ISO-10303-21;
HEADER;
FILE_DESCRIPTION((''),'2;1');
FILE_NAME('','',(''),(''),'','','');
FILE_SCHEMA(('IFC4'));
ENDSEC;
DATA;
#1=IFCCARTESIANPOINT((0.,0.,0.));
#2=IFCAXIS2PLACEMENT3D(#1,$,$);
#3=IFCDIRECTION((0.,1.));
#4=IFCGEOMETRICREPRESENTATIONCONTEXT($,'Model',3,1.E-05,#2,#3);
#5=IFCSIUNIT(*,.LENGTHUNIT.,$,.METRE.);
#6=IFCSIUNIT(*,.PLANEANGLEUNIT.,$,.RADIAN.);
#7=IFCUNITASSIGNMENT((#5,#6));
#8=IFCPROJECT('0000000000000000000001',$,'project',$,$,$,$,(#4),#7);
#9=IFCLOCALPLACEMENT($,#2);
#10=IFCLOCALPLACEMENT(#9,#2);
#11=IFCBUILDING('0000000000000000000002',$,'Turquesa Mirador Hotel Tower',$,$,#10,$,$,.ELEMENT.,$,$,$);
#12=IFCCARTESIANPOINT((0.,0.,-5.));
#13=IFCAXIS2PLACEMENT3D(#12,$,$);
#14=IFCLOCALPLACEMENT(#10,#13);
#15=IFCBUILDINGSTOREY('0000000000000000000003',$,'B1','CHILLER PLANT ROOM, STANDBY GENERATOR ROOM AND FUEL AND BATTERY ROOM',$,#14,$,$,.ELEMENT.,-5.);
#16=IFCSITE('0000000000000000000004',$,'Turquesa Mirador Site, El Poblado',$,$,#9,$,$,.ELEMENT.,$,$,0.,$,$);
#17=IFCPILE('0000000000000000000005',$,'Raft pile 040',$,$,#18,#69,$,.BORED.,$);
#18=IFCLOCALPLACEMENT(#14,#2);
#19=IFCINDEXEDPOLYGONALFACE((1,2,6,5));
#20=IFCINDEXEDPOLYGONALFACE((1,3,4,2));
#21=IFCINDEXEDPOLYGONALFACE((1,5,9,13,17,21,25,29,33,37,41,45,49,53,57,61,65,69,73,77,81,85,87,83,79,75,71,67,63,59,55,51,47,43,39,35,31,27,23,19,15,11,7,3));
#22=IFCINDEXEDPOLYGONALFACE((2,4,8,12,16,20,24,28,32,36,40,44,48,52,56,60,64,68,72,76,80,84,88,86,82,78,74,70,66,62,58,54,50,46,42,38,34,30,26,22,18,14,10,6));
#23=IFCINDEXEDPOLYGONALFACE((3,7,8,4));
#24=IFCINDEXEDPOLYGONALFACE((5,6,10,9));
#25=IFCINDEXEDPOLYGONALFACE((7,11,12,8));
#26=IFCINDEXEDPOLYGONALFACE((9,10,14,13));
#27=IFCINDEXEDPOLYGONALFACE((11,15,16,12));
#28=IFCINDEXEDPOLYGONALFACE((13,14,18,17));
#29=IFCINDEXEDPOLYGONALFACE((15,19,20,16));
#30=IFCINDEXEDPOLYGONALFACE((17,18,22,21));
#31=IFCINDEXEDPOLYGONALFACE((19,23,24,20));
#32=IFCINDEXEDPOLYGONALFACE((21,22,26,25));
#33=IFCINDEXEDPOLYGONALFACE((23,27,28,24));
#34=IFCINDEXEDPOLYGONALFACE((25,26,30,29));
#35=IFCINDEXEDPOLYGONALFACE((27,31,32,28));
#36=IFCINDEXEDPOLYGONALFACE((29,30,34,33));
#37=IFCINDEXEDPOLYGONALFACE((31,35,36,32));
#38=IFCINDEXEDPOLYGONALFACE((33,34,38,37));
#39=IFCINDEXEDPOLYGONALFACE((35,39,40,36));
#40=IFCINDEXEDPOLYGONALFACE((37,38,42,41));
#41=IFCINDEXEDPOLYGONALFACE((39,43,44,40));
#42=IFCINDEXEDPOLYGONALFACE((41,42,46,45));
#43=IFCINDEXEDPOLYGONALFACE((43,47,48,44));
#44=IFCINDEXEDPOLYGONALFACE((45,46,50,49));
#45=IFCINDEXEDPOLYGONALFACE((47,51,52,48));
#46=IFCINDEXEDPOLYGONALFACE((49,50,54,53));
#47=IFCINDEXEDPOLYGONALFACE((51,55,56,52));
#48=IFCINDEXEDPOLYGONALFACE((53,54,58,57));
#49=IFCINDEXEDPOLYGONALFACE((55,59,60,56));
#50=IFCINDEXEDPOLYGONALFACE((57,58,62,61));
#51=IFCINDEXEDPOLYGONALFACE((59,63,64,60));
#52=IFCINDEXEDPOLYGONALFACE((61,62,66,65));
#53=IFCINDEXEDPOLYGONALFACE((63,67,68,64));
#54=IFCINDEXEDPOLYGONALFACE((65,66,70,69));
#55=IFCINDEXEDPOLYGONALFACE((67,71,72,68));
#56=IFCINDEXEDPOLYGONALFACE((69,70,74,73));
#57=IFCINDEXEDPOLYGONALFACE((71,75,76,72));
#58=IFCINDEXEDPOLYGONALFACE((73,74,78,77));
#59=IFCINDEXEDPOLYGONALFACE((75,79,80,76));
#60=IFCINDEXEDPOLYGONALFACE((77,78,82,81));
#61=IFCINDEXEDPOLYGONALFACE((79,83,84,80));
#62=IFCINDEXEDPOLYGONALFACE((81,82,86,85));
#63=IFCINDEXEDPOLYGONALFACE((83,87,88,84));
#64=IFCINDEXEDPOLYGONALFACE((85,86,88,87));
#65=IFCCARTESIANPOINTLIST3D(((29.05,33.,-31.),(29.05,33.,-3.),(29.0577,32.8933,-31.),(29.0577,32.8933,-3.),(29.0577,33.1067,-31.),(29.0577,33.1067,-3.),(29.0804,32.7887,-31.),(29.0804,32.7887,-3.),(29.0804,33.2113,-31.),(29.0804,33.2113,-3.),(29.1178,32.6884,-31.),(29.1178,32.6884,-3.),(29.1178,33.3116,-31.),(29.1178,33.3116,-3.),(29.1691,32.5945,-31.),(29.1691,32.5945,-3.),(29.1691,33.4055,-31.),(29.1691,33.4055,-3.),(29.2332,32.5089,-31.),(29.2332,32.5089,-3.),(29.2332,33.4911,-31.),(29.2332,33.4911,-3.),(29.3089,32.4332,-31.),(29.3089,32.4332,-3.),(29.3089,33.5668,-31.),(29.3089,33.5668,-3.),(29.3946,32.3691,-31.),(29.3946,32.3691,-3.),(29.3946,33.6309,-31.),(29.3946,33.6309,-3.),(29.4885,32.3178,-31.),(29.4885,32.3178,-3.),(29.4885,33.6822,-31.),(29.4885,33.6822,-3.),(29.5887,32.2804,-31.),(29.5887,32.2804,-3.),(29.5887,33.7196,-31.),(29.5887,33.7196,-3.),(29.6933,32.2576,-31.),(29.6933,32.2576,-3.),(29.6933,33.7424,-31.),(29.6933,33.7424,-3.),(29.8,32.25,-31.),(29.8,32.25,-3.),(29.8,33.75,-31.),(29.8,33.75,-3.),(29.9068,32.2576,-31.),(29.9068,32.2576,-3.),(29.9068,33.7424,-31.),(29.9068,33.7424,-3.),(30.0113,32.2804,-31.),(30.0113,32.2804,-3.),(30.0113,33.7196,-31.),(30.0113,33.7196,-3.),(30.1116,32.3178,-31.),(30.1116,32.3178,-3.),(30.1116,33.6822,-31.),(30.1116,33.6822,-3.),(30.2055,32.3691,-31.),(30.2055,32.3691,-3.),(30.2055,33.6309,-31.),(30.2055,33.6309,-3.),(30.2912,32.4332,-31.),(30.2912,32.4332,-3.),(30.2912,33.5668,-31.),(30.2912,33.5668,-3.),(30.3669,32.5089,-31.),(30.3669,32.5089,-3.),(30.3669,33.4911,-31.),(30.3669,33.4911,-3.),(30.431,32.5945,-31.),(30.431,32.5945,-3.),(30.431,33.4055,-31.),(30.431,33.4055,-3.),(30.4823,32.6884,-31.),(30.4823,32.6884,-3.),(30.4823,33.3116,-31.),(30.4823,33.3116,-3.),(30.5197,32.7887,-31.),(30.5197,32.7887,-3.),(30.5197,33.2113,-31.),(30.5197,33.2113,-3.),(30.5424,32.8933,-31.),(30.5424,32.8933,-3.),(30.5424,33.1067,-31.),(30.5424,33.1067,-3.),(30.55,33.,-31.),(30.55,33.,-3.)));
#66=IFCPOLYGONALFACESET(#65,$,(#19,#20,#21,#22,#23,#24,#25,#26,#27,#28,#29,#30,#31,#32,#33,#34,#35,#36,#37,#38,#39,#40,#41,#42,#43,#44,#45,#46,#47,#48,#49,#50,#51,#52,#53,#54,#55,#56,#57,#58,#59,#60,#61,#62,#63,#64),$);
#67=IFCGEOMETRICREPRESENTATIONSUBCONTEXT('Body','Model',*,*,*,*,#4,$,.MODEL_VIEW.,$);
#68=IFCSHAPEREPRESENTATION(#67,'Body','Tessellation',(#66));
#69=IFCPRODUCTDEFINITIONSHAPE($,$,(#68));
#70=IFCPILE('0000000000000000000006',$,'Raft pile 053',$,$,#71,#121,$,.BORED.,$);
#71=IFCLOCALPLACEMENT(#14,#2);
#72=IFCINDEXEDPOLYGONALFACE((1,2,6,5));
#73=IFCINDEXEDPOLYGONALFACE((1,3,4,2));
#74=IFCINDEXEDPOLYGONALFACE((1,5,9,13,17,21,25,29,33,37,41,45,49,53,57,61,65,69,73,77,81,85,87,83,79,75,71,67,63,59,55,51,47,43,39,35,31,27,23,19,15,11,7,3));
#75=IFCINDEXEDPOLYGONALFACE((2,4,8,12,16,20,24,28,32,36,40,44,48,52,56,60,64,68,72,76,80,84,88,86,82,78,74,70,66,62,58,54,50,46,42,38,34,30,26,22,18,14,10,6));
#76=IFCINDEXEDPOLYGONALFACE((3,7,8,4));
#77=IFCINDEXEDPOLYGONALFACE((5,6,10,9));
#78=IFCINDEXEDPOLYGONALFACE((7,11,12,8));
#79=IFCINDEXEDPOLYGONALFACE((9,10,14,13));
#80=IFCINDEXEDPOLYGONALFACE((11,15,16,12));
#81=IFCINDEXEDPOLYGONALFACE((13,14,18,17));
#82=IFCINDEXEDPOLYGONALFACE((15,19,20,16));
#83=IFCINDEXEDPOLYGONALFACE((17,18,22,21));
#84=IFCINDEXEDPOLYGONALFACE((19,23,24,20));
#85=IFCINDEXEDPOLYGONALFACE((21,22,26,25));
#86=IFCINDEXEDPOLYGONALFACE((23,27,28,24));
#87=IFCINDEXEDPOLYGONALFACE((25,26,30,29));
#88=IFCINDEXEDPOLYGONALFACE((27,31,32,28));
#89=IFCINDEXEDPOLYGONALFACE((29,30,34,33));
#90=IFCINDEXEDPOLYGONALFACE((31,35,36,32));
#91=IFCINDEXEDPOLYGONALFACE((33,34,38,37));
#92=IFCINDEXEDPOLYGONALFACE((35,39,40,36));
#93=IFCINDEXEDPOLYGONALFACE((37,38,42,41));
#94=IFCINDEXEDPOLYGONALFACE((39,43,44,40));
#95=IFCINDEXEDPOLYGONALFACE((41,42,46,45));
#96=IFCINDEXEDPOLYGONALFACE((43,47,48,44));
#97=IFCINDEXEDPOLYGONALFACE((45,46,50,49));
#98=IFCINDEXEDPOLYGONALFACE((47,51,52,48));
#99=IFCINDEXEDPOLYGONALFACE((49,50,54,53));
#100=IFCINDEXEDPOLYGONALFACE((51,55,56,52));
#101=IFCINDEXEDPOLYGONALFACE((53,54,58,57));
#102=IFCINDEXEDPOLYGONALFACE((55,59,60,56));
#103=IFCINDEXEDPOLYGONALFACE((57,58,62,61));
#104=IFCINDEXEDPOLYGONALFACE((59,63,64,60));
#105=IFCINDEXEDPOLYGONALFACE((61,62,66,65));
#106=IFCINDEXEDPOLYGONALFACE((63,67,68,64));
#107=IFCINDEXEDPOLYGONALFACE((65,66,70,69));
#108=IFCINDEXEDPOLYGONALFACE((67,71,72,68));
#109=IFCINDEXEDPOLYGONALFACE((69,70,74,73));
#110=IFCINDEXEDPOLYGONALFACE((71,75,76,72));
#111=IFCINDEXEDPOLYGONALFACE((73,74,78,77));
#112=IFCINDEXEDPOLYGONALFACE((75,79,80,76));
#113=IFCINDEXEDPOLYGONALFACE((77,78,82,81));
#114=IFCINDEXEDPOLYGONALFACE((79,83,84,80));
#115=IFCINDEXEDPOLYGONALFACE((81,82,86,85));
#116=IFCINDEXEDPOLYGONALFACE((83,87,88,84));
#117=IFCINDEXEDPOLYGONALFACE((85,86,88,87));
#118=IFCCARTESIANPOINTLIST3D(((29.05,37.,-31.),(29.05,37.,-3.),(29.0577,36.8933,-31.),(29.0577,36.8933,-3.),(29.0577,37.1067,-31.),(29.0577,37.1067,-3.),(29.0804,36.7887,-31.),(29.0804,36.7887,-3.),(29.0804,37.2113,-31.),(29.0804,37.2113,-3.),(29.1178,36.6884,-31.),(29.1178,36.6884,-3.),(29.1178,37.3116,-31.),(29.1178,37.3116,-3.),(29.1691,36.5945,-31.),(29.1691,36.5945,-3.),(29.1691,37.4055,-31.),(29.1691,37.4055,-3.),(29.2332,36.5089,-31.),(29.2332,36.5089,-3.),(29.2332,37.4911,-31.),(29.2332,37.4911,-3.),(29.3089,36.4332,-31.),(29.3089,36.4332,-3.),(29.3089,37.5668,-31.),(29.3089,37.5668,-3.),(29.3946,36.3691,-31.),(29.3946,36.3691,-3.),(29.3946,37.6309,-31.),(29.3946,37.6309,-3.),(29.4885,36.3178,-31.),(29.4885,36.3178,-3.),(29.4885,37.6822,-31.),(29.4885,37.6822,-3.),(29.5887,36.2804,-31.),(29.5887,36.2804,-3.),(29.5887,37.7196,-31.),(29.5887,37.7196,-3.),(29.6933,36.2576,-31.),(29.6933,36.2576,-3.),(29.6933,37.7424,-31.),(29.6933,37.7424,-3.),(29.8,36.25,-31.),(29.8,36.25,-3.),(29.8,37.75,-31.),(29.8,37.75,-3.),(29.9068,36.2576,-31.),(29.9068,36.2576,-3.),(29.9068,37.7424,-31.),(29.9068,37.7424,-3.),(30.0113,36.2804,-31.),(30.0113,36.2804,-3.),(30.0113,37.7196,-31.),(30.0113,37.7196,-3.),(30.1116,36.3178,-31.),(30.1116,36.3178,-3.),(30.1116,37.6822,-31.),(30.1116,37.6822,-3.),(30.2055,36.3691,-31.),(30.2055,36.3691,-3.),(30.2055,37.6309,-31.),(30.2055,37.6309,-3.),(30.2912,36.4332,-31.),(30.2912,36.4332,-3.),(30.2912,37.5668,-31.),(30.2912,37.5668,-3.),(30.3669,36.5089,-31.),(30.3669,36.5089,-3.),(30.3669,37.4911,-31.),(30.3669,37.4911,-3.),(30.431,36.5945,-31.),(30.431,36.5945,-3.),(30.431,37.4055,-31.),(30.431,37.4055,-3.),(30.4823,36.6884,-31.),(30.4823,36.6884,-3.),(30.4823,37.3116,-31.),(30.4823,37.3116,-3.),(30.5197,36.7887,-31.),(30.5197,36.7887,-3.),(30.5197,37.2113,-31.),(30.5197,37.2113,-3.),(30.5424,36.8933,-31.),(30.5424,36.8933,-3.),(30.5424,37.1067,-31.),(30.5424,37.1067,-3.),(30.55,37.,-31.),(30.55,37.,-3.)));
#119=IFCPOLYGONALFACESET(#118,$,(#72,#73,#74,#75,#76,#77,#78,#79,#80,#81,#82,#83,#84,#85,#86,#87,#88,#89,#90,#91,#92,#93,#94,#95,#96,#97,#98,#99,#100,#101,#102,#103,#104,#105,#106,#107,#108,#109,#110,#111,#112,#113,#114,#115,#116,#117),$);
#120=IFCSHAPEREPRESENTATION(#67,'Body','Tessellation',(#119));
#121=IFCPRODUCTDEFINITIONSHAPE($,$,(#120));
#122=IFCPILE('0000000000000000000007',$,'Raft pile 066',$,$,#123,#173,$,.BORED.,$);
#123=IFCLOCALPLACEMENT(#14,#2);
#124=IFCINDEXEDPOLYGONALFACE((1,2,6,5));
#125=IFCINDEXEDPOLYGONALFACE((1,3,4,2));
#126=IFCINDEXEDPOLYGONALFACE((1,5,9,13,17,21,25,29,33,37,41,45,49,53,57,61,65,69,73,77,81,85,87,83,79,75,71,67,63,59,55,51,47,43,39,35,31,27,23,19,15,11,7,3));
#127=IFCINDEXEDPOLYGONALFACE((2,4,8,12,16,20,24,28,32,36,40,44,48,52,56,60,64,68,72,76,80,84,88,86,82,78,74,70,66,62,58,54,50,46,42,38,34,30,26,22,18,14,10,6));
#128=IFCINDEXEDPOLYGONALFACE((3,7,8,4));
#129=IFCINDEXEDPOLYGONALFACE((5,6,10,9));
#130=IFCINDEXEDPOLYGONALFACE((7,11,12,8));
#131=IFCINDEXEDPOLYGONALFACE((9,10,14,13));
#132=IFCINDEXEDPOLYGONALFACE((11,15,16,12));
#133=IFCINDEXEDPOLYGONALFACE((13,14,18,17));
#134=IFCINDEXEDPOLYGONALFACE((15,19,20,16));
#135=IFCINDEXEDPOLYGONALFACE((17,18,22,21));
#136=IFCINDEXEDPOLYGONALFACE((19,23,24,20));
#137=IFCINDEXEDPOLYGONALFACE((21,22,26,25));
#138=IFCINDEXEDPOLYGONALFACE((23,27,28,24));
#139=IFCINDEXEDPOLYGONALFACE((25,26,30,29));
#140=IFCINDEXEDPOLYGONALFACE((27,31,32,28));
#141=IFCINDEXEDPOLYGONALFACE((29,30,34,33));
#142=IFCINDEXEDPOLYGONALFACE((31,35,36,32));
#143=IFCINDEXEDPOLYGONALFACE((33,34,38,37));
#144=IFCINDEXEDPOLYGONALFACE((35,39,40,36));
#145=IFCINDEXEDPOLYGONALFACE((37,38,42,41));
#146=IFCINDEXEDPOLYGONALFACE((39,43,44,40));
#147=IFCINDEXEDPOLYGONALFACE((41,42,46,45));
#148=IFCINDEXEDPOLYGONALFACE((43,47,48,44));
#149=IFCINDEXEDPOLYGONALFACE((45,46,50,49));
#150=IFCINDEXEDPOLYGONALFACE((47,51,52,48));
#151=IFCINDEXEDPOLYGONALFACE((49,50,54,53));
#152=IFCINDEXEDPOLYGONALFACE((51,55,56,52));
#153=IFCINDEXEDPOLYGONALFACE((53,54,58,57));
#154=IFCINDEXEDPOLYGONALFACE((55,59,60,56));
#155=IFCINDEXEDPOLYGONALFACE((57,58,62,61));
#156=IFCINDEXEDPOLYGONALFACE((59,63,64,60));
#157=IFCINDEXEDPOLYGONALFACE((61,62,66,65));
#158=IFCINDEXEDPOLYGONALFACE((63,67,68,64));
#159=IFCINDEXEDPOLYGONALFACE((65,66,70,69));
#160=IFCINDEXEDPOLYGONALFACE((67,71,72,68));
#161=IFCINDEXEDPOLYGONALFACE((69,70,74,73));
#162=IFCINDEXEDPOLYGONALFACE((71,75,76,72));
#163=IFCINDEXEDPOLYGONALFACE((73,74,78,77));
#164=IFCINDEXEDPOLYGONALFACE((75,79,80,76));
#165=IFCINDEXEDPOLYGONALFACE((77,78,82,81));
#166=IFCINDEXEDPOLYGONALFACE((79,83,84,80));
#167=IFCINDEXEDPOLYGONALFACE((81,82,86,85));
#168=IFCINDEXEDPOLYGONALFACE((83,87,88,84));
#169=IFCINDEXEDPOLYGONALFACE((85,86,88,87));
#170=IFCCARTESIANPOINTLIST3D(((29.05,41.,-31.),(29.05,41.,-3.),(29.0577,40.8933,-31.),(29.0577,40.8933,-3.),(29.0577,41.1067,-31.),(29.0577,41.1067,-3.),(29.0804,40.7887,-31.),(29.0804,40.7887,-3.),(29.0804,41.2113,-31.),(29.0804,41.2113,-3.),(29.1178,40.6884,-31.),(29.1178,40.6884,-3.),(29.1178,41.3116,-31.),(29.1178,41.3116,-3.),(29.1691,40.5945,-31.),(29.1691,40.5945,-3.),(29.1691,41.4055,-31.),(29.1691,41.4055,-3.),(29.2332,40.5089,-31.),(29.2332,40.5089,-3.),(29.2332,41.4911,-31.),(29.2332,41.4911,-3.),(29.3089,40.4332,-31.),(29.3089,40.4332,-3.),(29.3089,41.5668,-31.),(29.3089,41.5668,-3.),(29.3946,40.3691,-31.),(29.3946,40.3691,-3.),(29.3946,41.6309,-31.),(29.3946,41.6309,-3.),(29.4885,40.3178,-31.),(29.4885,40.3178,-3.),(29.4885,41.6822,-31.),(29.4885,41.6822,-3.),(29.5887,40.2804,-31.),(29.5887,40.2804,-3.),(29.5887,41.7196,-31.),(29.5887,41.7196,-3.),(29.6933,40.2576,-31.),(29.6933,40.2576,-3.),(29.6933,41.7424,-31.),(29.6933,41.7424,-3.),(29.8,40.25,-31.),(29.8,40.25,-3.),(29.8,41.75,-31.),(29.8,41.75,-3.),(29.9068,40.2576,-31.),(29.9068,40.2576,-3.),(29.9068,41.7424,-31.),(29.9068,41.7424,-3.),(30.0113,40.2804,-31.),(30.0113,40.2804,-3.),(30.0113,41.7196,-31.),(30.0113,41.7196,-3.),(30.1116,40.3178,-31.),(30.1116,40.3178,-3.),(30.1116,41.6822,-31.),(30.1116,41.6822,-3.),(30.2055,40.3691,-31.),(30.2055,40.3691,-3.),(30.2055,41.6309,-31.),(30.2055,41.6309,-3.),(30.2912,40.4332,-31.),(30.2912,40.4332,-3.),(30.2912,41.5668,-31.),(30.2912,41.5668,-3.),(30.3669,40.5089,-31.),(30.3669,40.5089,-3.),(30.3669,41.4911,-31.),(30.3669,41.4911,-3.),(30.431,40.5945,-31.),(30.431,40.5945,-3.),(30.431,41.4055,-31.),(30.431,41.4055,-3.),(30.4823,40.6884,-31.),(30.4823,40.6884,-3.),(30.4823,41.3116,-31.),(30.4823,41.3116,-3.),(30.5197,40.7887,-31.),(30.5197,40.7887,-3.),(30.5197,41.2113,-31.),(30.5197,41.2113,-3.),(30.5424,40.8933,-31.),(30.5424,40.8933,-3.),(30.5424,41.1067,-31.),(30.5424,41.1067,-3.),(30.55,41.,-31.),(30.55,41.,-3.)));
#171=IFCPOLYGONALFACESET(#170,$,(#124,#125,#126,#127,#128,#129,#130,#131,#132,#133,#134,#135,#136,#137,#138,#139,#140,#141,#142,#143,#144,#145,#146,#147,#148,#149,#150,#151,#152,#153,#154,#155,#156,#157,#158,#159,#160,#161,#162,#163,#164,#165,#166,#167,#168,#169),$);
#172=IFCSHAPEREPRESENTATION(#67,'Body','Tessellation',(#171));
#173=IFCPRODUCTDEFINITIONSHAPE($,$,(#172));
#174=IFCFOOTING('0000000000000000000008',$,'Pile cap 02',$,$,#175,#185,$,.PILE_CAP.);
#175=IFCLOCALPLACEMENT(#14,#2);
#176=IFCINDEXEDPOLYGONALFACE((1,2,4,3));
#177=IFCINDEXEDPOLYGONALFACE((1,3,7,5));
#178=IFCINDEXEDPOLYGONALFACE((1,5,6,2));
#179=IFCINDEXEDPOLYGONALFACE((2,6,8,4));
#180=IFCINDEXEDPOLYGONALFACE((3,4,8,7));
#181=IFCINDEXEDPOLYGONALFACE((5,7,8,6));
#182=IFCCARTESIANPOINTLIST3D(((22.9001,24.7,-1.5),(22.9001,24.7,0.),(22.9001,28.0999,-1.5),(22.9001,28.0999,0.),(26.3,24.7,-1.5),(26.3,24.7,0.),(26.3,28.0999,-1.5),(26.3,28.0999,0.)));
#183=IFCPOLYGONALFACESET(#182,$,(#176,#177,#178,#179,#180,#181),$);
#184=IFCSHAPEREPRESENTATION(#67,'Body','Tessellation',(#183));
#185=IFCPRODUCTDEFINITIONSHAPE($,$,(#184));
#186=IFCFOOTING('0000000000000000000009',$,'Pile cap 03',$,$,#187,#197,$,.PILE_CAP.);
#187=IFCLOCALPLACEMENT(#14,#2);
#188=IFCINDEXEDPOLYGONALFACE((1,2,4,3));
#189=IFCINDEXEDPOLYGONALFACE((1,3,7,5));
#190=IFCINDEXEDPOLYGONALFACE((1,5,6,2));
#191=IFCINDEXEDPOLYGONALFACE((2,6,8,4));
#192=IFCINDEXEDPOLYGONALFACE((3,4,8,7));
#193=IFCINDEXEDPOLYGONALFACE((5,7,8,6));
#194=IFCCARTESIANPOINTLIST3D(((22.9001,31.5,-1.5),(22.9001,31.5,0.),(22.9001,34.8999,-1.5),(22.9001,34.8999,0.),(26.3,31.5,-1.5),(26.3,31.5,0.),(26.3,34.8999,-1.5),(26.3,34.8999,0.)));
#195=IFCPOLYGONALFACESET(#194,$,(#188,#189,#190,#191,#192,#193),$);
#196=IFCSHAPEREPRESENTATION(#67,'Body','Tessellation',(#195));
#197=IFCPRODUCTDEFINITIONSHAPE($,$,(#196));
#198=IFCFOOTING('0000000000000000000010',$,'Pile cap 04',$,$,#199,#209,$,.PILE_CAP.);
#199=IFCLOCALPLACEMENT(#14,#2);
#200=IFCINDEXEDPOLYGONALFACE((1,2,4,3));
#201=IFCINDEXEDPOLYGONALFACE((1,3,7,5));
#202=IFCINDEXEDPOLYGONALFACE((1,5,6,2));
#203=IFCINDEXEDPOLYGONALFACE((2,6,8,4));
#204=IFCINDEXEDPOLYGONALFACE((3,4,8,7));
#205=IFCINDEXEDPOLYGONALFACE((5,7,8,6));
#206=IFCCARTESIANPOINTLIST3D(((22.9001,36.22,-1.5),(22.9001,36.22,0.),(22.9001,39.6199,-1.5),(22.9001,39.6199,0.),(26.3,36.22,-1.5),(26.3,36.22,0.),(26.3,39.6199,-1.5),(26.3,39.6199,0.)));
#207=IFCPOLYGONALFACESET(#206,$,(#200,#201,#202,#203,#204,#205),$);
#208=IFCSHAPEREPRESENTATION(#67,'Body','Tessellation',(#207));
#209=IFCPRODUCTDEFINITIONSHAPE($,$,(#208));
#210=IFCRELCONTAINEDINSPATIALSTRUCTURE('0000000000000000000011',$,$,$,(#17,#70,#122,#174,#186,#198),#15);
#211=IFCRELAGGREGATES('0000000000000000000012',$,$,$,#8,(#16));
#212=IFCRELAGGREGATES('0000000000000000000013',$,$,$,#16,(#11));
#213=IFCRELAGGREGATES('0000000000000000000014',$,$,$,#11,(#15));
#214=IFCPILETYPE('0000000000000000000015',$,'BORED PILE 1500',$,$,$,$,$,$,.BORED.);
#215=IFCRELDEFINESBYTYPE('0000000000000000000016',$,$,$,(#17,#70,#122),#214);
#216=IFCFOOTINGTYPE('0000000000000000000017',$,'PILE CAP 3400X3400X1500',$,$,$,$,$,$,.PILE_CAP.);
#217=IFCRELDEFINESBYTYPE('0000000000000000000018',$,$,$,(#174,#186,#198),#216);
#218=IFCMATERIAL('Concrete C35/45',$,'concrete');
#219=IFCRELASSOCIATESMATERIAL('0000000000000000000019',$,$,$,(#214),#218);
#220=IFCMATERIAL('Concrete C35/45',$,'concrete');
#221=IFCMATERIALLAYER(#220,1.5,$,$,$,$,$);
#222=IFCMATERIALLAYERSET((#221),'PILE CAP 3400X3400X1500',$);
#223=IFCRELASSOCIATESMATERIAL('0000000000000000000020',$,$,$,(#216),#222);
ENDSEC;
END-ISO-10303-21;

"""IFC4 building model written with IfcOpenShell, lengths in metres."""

from ifc_helpers import new_model, si_unit, direction, frame, origin, origin_2d, place, context, subcontext, project, spatial, rectangle, circle, extrude, material, layer, layer_set, type_object, element, save


model = new_model("IFC4")

# Units and contexts
model_context = context("Model", 3, precision=1e-05, world=origin(), true_north=direction((0.0, 1.0)))
body_context = subcontext(model_context, "Body", "Model", "MODEL_VIEW")
ifc_project = project(units=[si_unit("LENGTHUNIT", "METRE"), si_unit("PLANEANGLEUNIT", "RADIAN")], contexts=[model_context])

# Site, building, storey
site_placement = place(None, origin())
site = spatial("IfcSite", under=ifc_project, at=site_placement, Name="Turquesa Mirador Site, El Poblado", CompositionType="ELEMENT", RefElevation=0.0)
building_placement = place(site_placement, origin())
building = spatial("IfcBuilding", under=site, at=building_placement, Name="Turquesa Mirador Hotel Tower", CompositionType="ELEMENT")
storey_placement = place(building_placement, frame((0.0, 0.0, -5.0)))
storey = spatial("IfcBuildingStorey", under=building, at=storey_placement, Name="B1", Description="CHILLER PLANT ROOM, STANDBY GENERATOR ROOM AND FUEL AND BATTERY ROOM", CompositionType="ELEMENT", Elevation=-5.0)

# Piles
ifc_material_1 = material(Name="Concrete C35/45", Category="concrete")
pile_type_1 = type_object("IfcPileType", Name="BORED PILE 1500", PredefinedType="BORED", material=ifc_material_1)
for number, where, z_axis, x_axis, name in (
    (1, (29.8, 33.0, -3.0), (0.0, 0.0, -1.0), (1.0, 0.0, 0.0), "Raft pile 040"),
    (2, (29.8, 37.0, -3.0), (0.0, 0.0, -1.0), (1.0, 0.0, 0.0), "Raft pile 053"),
    (3, (29.8, 41.0, -3.0), (0.0, 0.0, -1.0), (1.0, 0.0, 0.0), "Raft pile 066"),
):
    element("IfcPile", number, at=place(storey_placement, frame(where, z_axis=z_axis, x_axis=x_axis)), inside=storey, type_object=pile_type_1, Name=name, PredefinedType="BORED", context=body_context, shape_type="SweptSolid", body=[
        extrude(circle(Radius=0.75, at=origin_2d()), origin(), (0.0, 0.0, 1.0), 28.0),
    ])

# Footings
ifc_material_2 = material(Name="Concrete C35/45", Category="concrete")
ifc_layer_1 = layer(ifc_material_2, 1.5)
ifc_layer_set_1 = layer_set([ifc_layer_1], Name="PILE CAP 3400X3400X1500")
footing_type = type_object("IfcFootingType", Name="PILE CAP 3400X3400X1500", PredefinedType="PILE_CAP", material=ifc_layer_set_1)
for number, where, z_axis, x_axis, name in (
    (4, (24.6001, 26.3999, -1.5), (0.0, 0.0, 1.0), (1.0, 0.0, 0.0), "Pile cap 02"),
    (5, (24.6001, 33.2, -1.5), (0.0, 0.0, 1.0), (1.0, 0.0, 0.0), "Pile cap 03"),
    (6, (24.6001, 37.9199, -1.5), (0.0, 0.0, 1.0), (1.0, 0.0, 0.0), "Pile cap 04"),
):
    element("IfcFooting", number, at=place(storey_placement, frame(where, z_axis=z_axis, x_axis=x_axis)), inside=storey, type_object=footing_type, Name=name, PredefinedType="PILE_CAP", context=body_context, shape_type="SweptSolid", body=[
        extrude(rectangle(XDim=3.3999, YDim=3.3999, at=origin_2d()), origin(), (0.0, 0.0, 1.0), 1.5),
    ])

save(model, "model.ifc")
